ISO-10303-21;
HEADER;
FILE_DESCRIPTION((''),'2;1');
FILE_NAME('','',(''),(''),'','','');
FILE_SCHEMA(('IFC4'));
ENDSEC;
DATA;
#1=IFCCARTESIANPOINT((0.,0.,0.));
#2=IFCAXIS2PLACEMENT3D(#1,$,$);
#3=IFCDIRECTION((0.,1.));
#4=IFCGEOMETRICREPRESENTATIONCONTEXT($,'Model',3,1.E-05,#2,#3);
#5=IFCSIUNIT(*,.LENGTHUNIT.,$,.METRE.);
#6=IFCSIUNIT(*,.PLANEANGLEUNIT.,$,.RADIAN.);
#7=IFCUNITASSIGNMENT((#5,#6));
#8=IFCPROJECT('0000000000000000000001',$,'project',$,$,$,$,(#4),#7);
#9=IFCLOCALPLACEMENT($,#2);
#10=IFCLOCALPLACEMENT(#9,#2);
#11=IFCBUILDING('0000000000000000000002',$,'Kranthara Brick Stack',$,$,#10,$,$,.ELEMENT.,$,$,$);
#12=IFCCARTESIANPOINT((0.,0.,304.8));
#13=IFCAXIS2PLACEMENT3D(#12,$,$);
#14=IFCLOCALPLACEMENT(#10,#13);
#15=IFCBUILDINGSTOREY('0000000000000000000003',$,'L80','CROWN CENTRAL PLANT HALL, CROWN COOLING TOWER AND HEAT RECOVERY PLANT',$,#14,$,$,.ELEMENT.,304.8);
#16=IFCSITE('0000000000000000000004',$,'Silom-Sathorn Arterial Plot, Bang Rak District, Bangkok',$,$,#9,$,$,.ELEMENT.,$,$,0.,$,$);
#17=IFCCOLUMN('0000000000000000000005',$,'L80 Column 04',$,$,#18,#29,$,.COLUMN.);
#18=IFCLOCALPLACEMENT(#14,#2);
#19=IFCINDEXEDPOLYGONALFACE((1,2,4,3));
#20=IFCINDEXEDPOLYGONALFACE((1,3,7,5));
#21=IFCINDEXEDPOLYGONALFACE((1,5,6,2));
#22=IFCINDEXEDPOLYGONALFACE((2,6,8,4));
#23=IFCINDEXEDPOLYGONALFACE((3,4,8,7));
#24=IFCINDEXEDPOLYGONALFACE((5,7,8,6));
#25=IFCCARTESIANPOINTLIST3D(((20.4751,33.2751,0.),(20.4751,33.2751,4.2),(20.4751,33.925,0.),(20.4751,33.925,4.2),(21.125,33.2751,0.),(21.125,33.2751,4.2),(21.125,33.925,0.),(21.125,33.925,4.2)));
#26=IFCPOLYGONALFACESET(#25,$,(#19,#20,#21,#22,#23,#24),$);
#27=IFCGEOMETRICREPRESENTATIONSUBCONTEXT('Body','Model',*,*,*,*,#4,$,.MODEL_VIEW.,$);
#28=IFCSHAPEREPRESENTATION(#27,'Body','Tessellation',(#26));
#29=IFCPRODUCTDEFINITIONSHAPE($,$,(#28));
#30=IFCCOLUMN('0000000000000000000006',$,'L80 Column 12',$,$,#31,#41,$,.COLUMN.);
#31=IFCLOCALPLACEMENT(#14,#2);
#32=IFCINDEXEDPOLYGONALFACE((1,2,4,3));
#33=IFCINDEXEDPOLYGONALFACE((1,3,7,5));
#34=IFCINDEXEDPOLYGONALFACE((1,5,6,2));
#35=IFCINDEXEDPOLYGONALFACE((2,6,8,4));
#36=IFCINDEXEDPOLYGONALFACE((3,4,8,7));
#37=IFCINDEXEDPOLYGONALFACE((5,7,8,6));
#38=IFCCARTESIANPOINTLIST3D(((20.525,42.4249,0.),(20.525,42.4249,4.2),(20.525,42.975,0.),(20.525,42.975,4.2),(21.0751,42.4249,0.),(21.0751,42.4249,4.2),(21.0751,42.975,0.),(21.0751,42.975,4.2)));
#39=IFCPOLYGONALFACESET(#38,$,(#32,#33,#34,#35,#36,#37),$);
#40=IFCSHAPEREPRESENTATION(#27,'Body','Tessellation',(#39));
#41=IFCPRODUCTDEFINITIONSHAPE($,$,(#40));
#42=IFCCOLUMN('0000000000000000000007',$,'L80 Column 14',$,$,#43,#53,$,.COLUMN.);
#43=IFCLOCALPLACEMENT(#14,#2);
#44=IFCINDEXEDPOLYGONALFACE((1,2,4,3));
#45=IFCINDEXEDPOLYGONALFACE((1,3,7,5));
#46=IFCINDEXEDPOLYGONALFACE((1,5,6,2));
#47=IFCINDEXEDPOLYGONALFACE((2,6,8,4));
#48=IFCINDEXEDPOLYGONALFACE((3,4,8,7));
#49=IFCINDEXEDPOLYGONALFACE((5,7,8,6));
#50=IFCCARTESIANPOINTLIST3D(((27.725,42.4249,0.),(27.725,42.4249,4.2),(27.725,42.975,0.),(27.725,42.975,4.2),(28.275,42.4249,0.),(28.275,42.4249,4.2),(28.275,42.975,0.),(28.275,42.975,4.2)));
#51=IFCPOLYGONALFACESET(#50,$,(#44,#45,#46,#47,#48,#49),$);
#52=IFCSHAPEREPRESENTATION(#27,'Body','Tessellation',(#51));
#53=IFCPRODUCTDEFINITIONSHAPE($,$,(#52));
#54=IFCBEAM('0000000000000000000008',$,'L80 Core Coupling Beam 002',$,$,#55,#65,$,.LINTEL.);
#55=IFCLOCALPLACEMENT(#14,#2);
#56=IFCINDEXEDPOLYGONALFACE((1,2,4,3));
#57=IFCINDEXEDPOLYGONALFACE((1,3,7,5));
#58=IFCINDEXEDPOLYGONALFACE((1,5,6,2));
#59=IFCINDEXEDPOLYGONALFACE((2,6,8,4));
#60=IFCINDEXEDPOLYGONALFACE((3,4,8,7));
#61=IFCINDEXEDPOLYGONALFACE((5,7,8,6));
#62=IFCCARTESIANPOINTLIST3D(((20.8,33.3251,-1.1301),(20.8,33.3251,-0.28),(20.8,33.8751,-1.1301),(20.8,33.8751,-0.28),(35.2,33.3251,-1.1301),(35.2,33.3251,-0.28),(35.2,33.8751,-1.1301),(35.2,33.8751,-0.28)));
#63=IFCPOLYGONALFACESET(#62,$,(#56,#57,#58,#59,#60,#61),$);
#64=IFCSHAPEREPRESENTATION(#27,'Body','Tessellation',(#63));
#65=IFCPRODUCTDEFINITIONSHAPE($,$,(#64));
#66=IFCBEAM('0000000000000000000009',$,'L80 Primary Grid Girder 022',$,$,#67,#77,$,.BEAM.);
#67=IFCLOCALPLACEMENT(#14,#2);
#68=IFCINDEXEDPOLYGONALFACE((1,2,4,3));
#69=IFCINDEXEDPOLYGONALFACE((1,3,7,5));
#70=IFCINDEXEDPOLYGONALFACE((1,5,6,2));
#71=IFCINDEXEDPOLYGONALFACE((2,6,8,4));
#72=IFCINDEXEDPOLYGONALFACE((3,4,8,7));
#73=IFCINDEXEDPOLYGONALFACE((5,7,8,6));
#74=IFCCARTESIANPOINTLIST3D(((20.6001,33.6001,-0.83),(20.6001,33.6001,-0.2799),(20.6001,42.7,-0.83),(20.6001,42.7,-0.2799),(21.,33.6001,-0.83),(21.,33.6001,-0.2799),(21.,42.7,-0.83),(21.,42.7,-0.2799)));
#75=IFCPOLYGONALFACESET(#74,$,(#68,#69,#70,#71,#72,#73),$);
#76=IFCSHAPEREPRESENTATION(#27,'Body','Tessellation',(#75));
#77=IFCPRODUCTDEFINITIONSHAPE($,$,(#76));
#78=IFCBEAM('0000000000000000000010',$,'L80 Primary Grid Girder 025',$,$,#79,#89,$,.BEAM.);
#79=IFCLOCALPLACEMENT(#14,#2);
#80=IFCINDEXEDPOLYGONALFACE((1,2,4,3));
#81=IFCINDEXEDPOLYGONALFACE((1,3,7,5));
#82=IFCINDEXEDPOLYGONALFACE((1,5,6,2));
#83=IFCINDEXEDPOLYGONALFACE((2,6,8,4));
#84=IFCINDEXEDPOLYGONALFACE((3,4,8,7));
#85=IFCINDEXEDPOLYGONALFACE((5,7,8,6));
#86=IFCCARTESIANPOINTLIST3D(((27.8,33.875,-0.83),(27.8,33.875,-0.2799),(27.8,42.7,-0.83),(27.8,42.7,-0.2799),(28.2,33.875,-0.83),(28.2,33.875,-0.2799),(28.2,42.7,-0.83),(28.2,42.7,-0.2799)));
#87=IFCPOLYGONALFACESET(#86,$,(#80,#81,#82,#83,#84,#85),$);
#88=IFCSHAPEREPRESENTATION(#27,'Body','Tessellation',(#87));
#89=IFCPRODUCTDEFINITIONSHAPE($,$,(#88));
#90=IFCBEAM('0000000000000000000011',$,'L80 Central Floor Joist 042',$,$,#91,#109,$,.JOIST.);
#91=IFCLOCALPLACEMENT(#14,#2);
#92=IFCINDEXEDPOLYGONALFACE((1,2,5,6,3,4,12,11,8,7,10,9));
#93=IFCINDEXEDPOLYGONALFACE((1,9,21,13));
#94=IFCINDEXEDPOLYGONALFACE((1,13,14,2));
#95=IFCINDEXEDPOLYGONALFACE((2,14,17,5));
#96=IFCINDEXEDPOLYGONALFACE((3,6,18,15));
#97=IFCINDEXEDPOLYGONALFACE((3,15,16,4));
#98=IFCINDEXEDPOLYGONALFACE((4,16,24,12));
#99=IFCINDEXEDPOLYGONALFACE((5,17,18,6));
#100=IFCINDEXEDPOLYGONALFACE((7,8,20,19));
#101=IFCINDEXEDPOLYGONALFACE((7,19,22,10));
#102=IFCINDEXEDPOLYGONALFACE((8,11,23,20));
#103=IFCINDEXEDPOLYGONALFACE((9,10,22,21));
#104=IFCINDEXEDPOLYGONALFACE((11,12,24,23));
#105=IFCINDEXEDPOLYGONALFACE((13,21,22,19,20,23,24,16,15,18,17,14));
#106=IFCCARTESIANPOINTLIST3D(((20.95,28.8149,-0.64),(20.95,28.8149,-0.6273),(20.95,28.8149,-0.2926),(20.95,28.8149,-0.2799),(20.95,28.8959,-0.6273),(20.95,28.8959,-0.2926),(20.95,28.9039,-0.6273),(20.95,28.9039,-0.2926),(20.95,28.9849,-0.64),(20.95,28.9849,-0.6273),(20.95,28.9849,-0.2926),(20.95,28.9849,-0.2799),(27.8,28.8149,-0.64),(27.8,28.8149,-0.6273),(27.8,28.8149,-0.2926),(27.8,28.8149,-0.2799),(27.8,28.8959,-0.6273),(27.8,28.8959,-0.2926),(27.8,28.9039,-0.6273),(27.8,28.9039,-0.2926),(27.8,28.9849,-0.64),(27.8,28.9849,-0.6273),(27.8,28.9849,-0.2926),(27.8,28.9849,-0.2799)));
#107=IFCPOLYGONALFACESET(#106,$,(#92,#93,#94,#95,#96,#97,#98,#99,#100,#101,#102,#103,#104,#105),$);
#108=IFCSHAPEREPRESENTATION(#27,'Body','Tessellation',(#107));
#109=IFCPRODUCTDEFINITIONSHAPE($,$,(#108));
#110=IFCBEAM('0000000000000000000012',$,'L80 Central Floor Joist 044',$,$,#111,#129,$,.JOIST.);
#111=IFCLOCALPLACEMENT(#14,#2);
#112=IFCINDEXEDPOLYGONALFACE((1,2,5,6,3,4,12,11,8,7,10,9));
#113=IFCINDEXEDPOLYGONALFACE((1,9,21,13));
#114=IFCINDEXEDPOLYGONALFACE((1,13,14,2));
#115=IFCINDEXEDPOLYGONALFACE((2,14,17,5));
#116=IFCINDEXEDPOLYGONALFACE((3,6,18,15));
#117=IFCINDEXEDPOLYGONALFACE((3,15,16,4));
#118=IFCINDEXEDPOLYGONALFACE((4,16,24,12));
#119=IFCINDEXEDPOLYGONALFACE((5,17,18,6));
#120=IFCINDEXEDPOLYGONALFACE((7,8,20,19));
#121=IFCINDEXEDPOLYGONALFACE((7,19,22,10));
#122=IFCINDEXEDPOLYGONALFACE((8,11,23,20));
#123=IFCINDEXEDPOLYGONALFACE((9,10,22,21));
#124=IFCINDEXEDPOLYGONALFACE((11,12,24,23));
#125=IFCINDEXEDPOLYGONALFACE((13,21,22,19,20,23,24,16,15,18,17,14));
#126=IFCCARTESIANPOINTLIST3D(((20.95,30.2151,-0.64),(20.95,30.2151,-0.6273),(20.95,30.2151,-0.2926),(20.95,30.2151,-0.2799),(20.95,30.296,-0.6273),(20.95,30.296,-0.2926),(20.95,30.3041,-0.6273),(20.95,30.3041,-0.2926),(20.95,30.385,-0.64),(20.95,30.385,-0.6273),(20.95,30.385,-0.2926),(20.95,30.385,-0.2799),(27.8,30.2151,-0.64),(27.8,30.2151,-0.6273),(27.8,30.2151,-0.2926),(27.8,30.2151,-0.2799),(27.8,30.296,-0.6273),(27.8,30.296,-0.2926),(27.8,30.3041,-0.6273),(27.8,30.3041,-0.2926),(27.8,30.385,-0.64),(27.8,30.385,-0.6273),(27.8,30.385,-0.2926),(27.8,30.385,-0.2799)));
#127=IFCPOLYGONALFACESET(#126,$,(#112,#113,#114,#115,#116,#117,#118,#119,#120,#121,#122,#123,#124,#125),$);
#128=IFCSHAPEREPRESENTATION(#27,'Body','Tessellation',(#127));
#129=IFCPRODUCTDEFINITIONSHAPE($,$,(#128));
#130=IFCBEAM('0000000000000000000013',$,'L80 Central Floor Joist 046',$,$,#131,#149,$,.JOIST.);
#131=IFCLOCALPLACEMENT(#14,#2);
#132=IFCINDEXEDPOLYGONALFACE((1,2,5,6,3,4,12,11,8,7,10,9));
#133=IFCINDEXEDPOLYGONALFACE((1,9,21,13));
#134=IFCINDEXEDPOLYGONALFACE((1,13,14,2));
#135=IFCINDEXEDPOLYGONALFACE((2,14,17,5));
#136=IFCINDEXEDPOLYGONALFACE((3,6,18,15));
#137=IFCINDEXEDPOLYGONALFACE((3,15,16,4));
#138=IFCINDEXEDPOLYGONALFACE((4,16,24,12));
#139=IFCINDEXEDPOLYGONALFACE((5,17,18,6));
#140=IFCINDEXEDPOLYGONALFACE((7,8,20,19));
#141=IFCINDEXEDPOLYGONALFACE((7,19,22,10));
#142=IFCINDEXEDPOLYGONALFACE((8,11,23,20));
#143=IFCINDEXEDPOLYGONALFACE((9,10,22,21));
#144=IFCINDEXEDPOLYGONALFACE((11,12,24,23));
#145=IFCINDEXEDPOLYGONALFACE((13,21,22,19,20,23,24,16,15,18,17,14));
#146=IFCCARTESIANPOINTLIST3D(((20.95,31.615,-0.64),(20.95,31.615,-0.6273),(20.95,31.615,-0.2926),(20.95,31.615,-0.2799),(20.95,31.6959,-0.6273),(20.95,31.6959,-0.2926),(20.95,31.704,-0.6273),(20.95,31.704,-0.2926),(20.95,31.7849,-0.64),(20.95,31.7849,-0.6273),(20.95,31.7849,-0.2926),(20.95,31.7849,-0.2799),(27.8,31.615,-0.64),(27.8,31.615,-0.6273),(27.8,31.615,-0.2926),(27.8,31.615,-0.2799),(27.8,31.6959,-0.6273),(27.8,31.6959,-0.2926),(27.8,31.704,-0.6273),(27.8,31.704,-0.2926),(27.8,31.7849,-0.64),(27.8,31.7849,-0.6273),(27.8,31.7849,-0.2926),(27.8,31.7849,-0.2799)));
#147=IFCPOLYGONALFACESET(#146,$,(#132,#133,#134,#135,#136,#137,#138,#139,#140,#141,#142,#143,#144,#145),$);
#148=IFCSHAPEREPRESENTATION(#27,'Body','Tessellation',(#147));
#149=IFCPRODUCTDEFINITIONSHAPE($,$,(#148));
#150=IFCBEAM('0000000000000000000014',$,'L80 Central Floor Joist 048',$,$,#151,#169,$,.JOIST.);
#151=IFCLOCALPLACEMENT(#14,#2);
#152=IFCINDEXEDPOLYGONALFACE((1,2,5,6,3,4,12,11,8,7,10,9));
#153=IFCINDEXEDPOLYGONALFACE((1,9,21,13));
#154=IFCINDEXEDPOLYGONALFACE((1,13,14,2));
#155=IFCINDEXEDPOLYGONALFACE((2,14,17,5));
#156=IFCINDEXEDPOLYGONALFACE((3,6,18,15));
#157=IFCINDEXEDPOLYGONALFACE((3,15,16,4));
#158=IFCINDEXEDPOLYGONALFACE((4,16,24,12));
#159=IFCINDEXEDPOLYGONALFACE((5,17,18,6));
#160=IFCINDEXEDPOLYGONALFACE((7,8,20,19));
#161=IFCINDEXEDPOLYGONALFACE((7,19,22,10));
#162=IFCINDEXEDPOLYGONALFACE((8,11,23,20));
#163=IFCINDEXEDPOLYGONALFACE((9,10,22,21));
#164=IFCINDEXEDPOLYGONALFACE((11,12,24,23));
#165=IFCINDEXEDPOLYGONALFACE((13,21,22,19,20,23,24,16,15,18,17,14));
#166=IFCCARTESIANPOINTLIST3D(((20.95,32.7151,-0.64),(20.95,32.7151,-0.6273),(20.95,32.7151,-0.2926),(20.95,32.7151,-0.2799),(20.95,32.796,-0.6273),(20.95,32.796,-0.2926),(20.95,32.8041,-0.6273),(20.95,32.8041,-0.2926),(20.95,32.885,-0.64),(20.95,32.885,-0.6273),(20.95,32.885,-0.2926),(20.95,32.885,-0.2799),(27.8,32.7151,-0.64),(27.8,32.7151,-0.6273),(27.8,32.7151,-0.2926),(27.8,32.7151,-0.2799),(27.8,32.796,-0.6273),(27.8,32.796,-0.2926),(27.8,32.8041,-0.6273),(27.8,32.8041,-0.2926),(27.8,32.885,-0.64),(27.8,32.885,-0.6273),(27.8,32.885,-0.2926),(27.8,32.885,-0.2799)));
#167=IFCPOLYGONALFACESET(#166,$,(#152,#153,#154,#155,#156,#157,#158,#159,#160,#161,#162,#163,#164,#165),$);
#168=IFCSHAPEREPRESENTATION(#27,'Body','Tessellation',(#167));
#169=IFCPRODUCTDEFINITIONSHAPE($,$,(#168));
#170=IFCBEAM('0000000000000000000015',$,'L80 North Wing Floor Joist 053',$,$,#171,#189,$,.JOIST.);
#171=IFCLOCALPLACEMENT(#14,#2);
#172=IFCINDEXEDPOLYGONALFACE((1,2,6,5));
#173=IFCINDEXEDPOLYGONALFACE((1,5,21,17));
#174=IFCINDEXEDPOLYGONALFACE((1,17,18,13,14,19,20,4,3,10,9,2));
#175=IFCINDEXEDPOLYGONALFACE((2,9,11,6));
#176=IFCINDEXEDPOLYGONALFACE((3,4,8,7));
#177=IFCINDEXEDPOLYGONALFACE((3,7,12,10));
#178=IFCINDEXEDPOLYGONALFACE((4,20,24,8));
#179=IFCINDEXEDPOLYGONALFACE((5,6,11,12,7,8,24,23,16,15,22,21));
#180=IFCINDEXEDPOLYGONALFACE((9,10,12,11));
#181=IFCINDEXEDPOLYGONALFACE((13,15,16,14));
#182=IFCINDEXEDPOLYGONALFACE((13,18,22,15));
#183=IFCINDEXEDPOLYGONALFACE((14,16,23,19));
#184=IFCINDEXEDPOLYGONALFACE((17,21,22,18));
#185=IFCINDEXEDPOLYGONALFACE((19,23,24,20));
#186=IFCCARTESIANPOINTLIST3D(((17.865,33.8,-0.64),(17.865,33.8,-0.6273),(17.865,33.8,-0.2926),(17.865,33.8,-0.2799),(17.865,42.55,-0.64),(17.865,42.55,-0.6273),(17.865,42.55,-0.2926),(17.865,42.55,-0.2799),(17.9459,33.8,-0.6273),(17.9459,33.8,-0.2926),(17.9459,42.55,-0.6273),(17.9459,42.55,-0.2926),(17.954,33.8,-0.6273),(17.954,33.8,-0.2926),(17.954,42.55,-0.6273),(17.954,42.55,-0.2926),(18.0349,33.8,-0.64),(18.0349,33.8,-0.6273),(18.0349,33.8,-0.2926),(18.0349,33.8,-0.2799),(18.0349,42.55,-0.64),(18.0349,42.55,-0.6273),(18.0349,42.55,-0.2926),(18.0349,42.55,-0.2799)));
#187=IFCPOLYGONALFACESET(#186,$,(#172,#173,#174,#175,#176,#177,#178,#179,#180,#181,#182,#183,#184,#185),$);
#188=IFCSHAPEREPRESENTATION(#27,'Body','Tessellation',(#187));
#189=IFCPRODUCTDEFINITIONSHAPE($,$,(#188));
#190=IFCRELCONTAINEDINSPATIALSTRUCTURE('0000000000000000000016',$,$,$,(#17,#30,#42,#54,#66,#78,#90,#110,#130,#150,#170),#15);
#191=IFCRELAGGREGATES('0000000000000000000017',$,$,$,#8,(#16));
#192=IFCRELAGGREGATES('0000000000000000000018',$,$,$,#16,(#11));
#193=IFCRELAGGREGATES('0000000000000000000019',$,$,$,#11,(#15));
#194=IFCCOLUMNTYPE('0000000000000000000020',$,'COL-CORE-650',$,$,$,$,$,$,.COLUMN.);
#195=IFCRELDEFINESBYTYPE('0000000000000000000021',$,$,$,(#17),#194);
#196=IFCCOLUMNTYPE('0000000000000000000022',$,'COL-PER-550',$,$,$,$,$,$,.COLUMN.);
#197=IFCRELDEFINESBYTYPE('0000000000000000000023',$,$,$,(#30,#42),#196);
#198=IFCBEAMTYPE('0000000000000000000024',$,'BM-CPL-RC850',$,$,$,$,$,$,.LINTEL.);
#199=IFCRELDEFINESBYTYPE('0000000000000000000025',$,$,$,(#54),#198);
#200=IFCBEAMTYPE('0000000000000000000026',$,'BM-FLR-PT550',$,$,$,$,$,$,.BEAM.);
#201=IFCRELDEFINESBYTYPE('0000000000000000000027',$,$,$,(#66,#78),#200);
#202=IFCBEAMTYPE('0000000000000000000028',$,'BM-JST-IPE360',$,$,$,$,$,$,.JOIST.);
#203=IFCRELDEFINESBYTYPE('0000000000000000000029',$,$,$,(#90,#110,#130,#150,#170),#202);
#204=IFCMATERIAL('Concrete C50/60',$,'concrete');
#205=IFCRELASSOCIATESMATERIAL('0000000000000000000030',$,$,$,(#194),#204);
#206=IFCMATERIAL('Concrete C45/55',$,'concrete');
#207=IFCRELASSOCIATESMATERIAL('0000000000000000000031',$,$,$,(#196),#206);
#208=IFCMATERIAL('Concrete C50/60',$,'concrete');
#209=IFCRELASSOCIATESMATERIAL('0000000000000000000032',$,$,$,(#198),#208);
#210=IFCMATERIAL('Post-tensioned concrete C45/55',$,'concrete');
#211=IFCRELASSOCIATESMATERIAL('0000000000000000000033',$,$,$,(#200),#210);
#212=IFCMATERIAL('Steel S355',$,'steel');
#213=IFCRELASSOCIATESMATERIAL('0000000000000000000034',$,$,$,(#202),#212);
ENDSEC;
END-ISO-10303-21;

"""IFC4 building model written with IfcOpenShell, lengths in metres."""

from ifc_helpers import new_model, si_unit, direction, frame, origin, origin_2d, place, context, subcontext, project, spatial, rectangle, i_section, extrude, material, material_profile, profile_set, type_object, element, save


model = new_model("IFC4")

# Units and contexts
model_context = context("Model", 3, precision=1e-05, world=origin(), true_north=direction((0.0, 1.0)))
body_context = subcontext(model_context, "Body", "Model", "MODEL_VIEW")
ifc_project = project(units=[si_unit("LENGTHUNIT", "METRE"), si_unit("PLANEANGLEUNIT", "RADIAN")], contexts=[model_context])

# Site, building, storey
site_placement = place(None, origin())
site = spatial("IfcSite", under=ifc_project, at=site_placement, Name="Silom-Sathorn Arterial Plot, Bang Rak District, Bangkok", CompositionType="ELEMENT", RefElevation=0.0)
building_placement = place(site_placement, origin())
building = spatial("IfcBuilding", under=site, at=building_placement, Name="Kranthara Brick Stack", CompositionType="ELEMENT")
storey_placement = place(building_placement, frame((0.0, 0.0, 304.8)))
storey = spatial("IfcBuildingStorey", under=building, at=storey_placement, Name="L80", Description="CROWN CENTRAL PLANT HALL, CROWN COOLING TOWER AND HEAT RECOVERY PLANT", CompositionType="ELEMENT", Elevation=304.8)

# Columns
ifc_material_1 = material(Name="Concrete C50/60", Category="concrete")
ifc_material_profile_1 = material_profile(ifc_material_1, rectangle(XDim=0.6499, YDim=0.6499, at=origin_2d()), Name="RC 650x650")
ifc_profile_set_1 = profile_set([ifc_material_profile_1], Name="Concrete C50/60")
column_type_1 = type_object("IfcColumnType", Name="COL-CORE-650", PredefinedType="COLUMN", material=ifc_profile_set_1)
column_placement = place(storey_placement, frame((20.8, 33.6001, 0.0), z_axis=(0.0, 0.0, 1.0), x_axis=(1.0, 0.0, 0.0)))
element("IfcColumn", 1, at=column_placement, inside=storey, type_object=column_type_1, Name="L80 Column 04", PredefinedType="COLUMN", context=body_context, shape_type="SweptSolid", body=[
    extrude(rectangle(XDim=0.6499, YDim=0.6499, at=origin_2d()), origin(), (0.0, 0.0, 1.0), 4.2),
])
ifc_material_2 = material(Name="Concrete C45/55", Category="concrete")
ifc_material_profile_2 = material_profile(ifc_material_2, rectangle(XDim=0.55, YDim=0.55, at=origin_2d()), Name="RC 550x550")
ifc_profile_set_2 = profile_set([ifc_material_profile_2], Name="Concrete C45/55")
column_type_2 = type_object("IfcColumnType", Name="COL-PER-550", PredefinedType="COLUMN", material=ifc_profile_set_2)
for number, where, z_axis, x_axis, name in (
    (2, (20.8, 42.7, 0.0), (0.0, 0.0, 1.0), (1.0, 0.0, 0.0), "L80 Column 12"),
    (3, (28.0, 42.7, 0.0), (0.0, 0.0, 1.0), (1.0, 0.0, 0.0), "L80 Column 14"),
):
    element("IfcColumn", number, at=place(storey_placement, frame(where, z_axis=z_axis, x_axis=x_axis)), inside=storey, type_object=column_type_2, Name=name, PredefinedType="COLUMN", context=body_context, shape_type="SweptSolid", body=[
        extrude(rectangle(XDim=0.55, YDim=0.55, at=origin_2d()), origin(), (0.0, 0.0, 1.0), 4.2),
    ])

# Beams
ifc_material_3 = material(Name="Concrete C50/60", Category="concrete")
ifc_material_profile_3 = material_profile(ifc_material_3, rectangle(XDim=0.55, YDim=0.8501, at=origin_2d()), Name="RC 550x850")
ifc_profile_set_3 = profile_set([ifc_material_profile_3], Name="Concrete C50/60")
beam_type_1 = type_object("IfcBeamType", Name="BM-CPL-RC850", PredefinedType="LINTEL", material=ifc_profile_set_3)
beam_1_placement = place(storey_placement, frame((20.8, 33.6001, -0.7051), z_axis=(1.0, 0.0, 0.0), x_axis=(0.0, 1.0, 0.0)))
element("IfcBeam", 4, at=beam_1_placement, inside=storey, type_object=beam_type_1, Name="L80 Core Coupling Beam 002", PredefinedType="LINTEL", context=body_context, shape_type="SweptSolid", body=[
    extrude(rectangle(XDim=0.55, YDim=0.8501, at=origin_2d()), origin(), (0.0, 0.0, 1.0), 14.3999),
])
ifc_material_4 = material(Name="Post-tensioned concrete C45/55", Category="concrete")
ifc_material_profile_4 = material_profile(ifc_material_4, rectangle(XDim=0.3999, YDim=0.55, at=origin_2d()), Name="PT 400x550")
ifc_profile_set_4 = profile_set([ifc_material_profile_4], Name="Post-tensioned concrete C45/55")
beam_type_2 = type_object("IfcBeamType", Name="BM-FLR-PT550", PredefinedType="BEAM", material=ifc_profile_set_4)
beam_2_placement = place(storey_placement, frame((20.8, 33.6001, -0.5549), z_axis=(0.0, 1.0, 0.0), x_axis=(-1.0, 0.0, 0.0)))
element("IfcBeam", 5, at=beam_2_placement, inside=storey, type_object=beam_type_2, Name="L80 Primary Grid Girder 022", PredefinedType="BEAM", context=body_context, shape_type="SweptSolid", body=[
    extrude(rectangle(XDim=0.3999, YDim=0.55, at=origin_2d()), origin(), (0.0, 0.0, 1.0), 9.0999),
])
beam_3_placement = place(storey_placement, frame((28.0, 33.875, -0.5549), z_axis=(0.0, 1.0, 0.0), x_axis=(-1.0, 0.0, 0.0)))
element("IfcBeam", 6, at=beam_3_placement, inside=storey, type_object=beam_type_2, Name="L80 Primary Grid Girder 025", PredefinedType="BEAM", context=body_context, shape_type="SweptSolid", body=[
    extrude(rectangle(XDim=0.3999, YDim=0.55, at=origin_2d()), origin(), (0.0, 0.0, 1.0), 8.825),
])
ifc_material_5 = material(Name="Steel S355", Category="steel")
ifc_material_profile_5 = material_profile(ifc_material_5, i_section(OverallWidth=0.1699, OverallDepth=0.3601, WebThickness=0.0081, FlangeThickness=0.0127, at=origin_2d()), Name="IPE 360")
ifc_profile_set_5 = profile_set([ifc_material_profile_5], Name="Steel S355")
beam_type_3 = type_object("IfcBeamType", Name="BM-JST-IPE360", PredefinedType="JOIST", material=ifc_profile_set_5)
for number, where, z_axis, x_axis, name in (
    (7, (20.95, 28.8999, -0.46), (1.0, 0.0, 0.0), (0.0, 1.0, 0.0), "L80 Central Floor Joist 042"),
    (8, (20.95, 30.3, -0.46), (1.0, 0.0, 0.0), (0.0, 1.0, 0.0), "L80 Central Floor Joist 044"),
    (9, (20.95, 31.7, -0.46), (1.0, 0.0, 0.0), (0.0, 1.0, 0.0), "L80 Central Floor Joist 046"),
    (10, (20.95, 32.8, -0.46), (1.0, 0.0, 0.0), (0.0, 1.0, 0.0), "L80 Central Floor Joist 048"),
):
    element("IfcBeam", number, at=place(storey_placement, frame(where, z_axis=z_axis, x_axis=x_axis)), inside=storey, type_object=beam_type_3, Name=name, PredefinedType="JOIST", context=body_context, shape_type="SweptSolid", body=[
        extrude(i_section(OverallWidth=0.1699, OverallDepth=0.3601, WebThickness=0.0081, FlangeThickness=0.0127, at=origin_2d()), origin(), (0.0, 0.0, 1.0), 6.8501),
    ])
for number, where, z_axis, x_axis, name in (
    (11, (17.95, 33.8, -0.46), (0.0, 1.0, 0.0), (-1.0, 0.0, 0.0), "L80 North Wing Floor Joist 053"),
):
    element("IfcBeam", number, at=place(storey_placement, frame(where, z_axis=z_axis, x_axis=x_axis)), inside=storey, type_object=beam_type_3, Name=name, PredefinedType="JOIST", context=body_context, shape_type="SweptSolid", body=[
        extrude(i_section(OverallWidth=0.1699, OverallDepth=0.3601, WebThickness=0.0081, FlangeThickness=0.0127, at=origin_2d()), origin(), (0.0, 0.0, 1.0), 8.75),
    ])

save(model, "model.ifc")
